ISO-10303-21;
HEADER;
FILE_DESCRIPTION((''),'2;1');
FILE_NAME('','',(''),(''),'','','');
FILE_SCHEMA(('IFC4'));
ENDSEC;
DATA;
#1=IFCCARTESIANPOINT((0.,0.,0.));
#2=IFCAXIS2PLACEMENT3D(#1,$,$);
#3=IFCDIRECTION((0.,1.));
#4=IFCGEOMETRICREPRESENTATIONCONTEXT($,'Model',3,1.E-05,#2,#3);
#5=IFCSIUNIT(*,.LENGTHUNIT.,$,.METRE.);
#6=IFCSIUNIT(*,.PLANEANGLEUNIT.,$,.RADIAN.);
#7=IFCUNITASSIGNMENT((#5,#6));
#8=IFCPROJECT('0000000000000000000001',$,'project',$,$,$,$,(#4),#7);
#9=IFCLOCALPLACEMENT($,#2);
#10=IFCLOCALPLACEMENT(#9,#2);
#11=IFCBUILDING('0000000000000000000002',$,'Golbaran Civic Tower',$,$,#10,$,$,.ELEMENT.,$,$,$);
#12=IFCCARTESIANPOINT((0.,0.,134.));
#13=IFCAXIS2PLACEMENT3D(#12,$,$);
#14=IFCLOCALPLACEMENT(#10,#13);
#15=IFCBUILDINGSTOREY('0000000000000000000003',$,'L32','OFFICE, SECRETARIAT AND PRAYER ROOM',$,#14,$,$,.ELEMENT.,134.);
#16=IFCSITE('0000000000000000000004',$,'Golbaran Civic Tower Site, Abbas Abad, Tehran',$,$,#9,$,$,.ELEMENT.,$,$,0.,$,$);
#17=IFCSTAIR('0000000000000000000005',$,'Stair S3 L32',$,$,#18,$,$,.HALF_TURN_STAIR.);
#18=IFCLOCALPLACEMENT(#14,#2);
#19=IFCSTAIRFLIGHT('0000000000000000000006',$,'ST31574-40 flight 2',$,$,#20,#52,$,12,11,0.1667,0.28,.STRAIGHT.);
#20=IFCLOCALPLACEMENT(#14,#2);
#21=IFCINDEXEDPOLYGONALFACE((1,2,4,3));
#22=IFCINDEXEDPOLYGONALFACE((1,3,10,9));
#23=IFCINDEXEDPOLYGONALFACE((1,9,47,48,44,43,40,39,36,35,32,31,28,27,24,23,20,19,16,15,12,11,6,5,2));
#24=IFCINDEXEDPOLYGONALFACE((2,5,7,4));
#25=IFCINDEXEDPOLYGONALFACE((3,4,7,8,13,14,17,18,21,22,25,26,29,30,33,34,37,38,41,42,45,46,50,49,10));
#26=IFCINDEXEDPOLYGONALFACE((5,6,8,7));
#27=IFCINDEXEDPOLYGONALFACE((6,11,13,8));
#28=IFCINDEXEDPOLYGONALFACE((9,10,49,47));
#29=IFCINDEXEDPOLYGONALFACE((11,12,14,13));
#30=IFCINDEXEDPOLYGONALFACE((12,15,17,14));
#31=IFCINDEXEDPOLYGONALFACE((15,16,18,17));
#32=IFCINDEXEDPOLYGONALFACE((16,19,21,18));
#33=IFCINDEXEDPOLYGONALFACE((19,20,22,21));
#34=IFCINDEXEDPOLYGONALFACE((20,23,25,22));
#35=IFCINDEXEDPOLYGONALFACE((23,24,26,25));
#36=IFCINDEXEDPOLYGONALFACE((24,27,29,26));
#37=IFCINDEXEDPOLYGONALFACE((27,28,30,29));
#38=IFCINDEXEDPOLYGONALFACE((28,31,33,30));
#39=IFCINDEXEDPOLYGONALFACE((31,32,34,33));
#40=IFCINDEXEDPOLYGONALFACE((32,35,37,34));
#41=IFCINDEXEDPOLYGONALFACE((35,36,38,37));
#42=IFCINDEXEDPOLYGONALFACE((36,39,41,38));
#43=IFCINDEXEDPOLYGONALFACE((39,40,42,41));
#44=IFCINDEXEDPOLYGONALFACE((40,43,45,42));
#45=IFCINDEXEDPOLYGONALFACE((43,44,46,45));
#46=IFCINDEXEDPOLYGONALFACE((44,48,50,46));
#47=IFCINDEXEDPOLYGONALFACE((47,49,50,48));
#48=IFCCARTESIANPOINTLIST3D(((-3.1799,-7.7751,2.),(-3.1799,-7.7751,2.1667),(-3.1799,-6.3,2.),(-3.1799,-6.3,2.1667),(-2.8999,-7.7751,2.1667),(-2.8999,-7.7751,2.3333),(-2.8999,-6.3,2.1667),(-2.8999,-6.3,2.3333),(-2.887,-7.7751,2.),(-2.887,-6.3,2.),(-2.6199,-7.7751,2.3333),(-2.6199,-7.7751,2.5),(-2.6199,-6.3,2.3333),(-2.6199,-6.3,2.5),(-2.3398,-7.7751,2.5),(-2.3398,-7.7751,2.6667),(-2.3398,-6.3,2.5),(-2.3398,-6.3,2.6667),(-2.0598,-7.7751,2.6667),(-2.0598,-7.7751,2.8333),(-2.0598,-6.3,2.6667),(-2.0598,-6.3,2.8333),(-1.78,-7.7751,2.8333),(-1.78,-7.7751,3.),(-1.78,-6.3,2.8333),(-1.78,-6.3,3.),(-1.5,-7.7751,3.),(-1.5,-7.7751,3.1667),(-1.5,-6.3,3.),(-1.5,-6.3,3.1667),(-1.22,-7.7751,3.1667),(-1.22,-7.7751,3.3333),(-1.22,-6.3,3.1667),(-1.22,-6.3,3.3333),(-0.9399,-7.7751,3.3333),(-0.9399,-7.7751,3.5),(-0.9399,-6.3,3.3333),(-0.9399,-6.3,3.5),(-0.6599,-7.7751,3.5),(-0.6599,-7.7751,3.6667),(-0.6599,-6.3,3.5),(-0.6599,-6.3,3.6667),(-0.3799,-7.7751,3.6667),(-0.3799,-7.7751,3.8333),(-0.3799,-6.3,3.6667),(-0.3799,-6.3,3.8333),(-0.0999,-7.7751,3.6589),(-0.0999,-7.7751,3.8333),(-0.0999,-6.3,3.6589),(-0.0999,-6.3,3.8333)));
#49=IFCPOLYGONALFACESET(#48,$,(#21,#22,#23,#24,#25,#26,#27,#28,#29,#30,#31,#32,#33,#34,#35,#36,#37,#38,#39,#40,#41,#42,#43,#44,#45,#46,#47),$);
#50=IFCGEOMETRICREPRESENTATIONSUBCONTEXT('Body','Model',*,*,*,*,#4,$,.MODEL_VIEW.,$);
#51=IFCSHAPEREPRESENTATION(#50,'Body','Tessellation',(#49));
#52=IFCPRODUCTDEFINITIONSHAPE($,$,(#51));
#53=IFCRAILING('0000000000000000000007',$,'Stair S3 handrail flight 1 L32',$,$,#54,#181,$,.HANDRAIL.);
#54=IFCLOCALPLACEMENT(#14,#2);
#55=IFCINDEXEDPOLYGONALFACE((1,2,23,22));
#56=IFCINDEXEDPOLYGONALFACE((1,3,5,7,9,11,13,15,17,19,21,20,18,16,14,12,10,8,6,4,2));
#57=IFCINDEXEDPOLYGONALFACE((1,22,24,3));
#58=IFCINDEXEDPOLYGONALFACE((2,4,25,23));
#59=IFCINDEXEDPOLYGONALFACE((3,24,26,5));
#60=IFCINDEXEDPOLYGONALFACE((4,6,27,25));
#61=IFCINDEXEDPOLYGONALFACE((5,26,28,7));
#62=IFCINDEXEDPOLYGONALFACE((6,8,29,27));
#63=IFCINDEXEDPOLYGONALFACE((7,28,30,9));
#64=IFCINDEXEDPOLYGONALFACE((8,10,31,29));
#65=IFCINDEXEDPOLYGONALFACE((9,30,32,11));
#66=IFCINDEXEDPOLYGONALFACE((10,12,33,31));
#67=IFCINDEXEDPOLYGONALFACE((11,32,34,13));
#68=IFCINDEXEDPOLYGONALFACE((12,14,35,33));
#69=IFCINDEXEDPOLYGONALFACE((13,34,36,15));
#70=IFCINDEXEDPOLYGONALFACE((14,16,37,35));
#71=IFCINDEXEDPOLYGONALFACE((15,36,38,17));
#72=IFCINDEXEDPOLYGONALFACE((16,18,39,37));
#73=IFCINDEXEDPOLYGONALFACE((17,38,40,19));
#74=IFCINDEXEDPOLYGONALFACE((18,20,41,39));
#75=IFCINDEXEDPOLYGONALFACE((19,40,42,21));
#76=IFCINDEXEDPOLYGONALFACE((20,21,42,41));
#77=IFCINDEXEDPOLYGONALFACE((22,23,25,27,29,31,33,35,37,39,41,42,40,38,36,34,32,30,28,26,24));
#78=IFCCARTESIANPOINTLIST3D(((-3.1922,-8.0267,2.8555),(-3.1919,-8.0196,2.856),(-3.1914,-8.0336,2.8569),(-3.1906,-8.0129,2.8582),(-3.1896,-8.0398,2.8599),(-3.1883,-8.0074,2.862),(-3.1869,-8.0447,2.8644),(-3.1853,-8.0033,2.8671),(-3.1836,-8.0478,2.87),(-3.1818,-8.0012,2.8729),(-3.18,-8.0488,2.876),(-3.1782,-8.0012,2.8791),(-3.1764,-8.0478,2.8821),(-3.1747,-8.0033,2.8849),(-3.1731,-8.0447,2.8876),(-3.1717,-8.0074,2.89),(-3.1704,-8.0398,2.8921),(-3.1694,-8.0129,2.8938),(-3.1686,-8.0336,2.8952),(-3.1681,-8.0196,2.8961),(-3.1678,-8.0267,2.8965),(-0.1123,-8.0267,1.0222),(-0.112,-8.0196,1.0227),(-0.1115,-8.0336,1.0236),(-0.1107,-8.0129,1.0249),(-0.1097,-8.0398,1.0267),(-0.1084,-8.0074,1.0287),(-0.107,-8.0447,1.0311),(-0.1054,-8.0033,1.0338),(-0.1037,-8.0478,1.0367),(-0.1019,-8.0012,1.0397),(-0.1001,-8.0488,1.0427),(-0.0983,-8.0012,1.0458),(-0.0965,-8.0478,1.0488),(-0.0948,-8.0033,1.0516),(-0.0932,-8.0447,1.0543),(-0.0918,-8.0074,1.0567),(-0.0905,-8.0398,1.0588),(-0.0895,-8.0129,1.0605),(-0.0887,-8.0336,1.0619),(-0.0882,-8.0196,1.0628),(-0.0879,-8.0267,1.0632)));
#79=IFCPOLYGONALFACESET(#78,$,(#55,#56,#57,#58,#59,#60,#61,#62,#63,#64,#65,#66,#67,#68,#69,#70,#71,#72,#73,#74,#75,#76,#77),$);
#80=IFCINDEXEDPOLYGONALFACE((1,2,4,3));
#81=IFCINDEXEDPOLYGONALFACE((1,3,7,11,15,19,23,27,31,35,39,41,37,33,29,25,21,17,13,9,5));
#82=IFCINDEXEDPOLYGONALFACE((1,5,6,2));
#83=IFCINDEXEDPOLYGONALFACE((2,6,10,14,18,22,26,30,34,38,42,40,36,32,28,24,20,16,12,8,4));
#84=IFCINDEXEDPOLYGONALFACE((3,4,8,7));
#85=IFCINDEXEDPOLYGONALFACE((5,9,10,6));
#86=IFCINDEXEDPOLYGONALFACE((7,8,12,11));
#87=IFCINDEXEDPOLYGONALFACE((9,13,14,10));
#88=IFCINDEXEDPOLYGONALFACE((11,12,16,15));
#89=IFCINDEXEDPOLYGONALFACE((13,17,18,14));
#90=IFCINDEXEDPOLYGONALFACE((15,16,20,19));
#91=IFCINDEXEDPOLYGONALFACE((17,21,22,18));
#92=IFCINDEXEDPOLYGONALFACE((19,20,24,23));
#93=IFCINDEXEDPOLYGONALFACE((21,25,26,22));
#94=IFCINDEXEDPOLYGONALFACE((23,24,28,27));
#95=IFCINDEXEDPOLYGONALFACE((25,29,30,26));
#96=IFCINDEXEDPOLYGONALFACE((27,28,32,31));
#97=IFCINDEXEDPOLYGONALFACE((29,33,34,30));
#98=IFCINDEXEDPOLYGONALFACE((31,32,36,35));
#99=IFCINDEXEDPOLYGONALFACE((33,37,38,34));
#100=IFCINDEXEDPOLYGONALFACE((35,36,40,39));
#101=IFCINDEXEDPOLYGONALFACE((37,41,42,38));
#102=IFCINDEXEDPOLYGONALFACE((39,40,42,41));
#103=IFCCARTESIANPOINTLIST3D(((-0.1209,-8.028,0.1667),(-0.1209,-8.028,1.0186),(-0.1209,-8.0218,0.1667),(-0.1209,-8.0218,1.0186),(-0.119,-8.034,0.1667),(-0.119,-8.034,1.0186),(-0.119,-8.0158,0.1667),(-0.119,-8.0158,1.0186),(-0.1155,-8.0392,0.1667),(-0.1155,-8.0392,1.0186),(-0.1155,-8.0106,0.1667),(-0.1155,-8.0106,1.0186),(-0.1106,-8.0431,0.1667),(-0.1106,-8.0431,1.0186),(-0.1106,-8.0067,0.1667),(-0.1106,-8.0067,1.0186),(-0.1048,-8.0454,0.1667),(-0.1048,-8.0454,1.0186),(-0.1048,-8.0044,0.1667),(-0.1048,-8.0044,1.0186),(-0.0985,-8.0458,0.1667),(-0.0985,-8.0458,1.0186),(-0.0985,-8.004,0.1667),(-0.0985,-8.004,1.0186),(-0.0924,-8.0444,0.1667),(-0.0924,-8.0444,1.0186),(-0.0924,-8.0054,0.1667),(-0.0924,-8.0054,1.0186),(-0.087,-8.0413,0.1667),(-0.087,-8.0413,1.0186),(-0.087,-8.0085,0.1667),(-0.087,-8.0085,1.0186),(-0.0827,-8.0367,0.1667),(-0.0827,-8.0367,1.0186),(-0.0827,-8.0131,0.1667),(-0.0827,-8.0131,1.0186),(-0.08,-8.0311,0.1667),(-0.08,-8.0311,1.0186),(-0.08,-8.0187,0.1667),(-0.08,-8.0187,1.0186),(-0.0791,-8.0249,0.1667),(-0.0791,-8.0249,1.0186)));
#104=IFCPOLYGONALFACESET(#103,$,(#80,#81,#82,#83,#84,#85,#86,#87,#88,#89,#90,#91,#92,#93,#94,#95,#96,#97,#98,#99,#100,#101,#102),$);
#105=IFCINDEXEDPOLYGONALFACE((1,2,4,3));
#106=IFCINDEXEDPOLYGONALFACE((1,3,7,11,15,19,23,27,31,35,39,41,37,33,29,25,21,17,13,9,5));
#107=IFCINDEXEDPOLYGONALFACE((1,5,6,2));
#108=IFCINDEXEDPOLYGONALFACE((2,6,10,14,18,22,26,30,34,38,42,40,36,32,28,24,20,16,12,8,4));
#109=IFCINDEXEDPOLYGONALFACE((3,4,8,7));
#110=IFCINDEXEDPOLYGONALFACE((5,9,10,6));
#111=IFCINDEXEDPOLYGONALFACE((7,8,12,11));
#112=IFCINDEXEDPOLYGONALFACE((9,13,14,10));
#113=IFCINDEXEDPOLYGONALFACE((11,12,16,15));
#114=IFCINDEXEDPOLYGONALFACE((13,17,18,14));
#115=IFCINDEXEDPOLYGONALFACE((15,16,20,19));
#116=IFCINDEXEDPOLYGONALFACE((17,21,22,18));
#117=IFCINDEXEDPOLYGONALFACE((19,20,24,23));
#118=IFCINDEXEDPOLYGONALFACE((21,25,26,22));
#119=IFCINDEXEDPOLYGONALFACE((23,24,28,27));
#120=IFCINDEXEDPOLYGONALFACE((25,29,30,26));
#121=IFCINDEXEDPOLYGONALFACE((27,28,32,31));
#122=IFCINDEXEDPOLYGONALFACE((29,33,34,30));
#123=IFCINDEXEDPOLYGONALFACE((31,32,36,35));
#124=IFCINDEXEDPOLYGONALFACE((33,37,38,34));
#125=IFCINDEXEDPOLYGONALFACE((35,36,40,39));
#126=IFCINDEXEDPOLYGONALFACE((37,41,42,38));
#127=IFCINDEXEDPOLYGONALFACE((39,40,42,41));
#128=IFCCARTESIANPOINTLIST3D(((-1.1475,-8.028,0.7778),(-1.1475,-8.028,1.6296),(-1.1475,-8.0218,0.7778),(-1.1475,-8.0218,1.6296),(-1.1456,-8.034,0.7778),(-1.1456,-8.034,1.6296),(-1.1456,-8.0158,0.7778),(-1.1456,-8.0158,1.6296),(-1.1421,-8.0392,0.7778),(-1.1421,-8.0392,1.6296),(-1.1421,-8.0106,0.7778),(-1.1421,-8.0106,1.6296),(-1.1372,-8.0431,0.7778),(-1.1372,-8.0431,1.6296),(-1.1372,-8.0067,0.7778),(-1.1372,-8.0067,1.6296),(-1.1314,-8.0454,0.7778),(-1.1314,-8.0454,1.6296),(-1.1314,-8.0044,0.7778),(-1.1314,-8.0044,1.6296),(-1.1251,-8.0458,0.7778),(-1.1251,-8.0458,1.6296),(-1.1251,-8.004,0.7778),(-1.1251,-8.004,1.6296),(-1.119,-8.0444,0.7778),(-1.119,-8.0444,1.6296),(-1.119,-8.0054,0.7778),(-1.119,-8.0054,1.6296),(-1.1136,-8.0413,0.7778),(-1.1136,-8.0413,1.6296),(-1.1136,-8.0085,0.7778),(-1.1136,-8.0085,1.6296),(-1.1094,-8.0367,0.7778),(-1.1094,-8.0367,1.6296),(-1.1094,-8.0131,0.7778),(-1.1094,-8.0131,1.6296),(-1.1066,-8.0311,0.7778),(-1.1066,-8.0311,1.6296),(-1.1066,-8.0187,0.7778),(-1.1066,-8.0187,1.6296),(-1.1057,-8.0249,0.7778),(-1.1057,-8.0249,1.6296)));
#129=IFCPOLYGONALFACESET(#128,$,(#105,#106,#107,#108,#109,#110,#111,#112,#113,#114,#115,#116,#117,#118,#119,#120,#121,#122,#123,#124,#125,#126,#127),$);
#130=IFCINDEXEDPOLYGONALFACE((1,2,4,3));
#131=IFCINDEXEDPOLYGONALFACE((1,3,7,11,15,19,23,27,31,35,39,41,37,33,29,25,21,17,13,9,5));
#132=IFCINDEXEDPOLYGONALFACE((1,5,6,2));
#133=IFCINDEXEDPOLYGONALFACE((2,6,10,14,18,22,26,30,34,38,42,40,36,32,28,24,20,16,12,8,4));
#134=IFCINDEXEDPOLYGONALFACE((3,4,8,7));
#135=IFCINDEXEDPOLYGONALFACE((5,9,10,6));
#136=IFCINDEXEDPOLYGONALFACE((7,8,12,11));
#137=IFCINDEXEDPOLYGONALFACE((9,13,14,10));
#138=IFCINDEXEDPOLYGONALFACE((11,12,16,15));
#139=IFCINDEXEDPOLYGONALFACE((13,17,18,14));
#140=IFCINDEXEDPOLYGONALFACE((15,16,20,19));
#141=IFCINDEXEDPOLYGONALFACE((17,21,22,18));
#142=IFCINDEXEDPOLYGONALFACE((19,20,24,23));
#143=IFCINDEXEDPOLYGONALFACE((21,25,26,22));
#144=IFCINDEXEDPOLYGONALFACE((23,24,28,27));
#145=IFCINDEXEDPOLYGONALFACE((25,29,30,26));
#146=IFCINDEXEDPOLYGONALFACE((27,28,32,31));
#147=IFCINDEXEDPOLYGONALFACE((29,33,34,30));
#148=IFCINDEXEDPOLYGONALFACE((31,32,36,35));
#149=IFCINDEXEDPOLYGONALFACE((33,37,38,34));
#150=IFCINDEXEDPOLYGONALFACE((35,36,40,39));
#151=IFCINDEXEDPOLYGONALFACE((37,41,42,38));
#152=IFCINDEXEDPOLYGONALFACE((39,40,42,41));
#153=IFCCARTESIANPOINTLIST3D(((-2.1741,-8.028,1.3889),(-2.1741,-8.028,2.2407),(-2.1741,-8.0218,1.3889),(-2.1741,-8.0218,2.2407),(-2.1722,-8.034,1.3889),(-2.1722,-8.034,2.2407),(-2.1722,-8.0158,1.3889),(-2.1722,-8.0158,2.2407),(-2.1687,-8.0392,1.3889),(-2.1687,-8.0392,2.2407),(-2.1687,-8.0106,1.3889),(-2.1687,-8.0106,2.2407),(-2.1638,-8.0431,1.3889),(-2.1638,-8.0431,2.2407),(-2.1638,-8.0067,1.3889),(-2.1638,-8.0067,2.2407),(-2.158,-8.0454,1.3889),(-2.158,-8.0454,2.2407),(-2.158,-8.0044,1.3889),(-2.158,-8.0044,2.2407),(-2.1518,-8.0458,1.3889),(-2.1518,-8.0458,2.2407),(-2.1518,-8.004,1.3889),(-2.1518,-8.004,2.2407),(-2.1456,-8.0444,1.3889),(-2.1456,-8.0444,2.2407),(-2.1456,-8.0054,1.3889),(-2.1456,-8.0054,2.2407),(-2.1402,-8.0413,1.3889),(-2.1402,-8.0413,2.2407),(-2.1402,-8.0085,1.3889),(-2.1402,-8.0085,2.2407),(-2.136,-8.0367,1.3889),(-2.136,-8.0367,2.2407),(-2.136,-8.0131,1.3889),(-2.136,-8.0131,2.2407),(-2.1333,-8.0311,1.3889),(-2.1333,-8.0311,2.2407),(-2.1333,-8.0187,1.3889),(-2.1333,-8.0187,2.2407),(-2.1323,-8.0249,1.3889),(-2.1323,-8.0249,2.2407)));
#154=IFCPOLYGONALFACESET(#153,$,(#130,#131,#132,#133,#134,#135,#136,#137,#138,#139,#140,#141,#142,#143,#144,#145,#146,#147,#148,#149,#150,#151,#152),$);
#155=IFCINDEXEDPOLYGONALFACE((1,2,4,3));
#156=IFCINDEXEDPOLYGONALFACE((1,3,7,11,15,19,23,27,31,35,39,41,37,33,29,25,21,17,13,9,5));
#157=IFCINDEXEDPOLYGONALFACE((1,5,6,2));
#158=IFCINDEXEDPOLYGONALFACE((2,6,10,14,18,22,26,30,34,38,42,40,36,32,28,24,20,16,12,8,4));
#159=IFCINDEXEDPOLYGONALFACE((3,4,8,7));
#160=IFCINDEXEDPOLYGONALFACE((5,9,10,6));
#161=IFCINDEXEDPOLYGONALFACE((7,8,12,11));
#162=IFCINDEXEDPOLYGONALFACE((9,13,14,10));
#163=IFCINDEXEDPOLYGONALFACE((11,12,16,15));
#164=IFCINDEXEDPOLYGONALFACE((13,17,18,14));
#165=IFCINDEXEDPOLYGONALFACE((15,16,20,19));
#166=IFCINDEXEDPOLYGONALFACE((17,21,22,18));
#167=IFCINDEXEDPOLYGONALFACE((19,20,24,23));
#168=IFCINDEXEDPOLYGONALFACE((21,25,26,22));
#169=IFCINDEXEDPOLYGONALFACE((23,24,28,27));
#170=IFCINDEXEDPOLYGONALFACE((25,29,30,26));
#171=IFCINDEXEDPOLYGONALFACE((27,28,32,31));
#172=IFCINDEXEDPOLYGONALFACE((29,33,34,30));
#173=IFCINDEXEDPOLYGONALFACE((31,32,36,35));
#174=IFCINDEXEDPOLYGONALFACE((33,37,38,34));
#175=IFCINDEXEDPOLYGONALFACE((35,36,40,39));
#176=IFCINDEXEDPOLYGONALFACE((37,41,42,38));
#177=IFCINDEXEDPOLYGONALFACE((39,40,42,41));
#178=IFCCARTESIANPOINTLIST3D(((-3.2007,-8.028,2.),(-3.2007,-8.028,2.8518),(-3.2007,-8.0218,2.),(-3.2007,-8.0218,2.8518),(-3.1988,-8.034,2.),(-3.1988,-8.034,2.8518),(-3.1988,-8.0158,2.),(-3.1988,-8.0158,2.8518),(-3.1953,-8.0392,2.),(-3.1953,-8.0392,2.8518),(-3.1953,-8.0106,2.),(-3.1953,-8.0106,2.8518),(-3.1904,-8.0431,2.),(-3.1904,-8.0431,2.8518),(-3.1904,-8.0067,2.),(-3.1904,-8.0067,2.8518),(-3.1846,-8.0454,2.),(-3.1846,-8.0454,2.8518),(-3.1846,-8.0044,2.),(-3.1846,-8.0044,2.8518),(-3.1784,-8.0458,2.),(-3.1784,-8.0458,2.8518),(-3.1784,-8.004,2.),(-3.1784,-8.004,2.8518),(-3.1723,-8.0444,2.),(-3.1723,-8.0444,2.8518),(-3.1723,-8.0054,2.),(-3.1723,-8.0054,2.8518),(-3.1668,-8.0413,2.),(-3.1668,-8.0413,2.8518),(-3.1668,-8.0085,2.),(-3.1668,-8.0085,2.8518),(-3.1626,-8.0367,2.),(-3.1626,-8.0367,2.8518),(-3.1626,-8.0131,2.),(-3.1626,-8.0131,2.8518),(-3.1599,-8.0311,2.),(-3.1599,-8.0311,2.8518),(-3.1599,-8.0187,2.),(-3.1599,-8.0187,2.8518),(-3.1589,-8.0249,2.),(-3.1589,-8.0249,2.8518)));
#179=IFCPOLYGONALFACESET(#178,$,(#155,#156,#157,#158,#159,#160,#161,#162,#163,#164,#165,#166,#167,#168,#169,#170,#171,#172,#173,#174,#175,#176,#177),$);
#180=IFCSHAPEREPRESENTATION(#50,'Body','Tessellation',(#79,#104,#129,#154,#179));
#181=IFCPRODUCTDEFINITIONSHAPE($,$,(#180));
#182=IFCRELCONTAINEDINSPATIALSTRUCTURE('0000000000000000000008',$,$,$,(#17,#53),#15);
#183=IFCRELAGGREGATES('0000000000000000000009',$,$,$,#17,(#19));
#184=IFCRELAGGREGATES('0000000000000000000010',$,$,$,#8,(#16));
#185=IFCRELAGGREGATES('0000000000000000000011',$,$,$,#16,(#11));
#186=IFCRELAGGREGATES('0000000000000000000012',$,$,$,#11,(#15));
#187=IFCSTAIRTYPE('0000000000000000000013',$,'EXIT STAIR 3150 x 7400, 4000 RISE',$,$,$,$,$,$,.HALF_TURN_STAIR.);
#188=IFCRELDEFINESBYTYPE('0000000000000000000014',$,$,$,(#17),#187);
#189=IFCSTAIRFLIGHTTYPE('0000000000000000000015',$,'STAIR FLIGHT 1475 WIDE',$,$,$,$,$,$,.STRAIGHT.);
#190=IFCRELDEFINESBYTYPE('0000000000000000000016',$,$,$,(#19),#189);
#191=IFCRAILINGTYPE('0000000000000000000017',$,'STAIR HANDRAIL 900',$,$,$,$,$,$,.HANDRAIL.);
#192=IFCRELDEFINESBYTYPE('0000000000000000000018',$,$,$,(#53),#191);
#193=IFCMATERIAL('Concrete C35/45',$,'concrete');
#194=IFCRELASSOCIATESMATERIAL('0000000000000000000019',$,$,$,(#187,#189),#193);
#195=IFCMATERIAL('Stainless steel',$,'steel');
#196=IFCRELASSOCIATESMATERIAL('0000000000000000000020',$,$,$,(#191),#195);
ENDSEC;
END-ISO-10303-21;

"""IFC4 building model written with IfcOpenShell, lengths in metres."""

from ifc_helpers import new_model, si_unit, direction, frame, origin, origin_2d, place, context, subcontext, project, spatial, polyline, circle, outline, extrude, material, type_object, element, aggregate, save


model = new_model("IFC4")

# Units and contexts
model_context = context("Model", 3, precision=1e-05, world=origin(), true_north=direction((0.0, 1.0)))
body_context = subcontext(model_context, "Body", "Model", "MODEL_VIEW")
ifc_project = project(units=[si_unit("LENGTHUNIT", "METRE"), si_unit("PLANEANGLEUNIT", "RADIAN")], contexts=[model_context])

# Site, building, storey
site_placement = place(None, origin())
site = spatial("IfcSite", under=ifc_project, at=site_placement, Name="Golbaran Civic Tower Site, Abbas Abad, Tehran", CompositionType="ELEMENT", RefElevation=0.0)
building_placement = place(site_placement, origin())
building = spatial("IfcBuilding", under=site, at=building_placement, Name="Golbaran Civic Tower", CompositionType="ELEMENT")
storey_placement = place(building_placement, frame((0.0, 0.0, 134.0)))
storey = spatial("IfcBuildingStorey", under=building, at=storey_placement, Name="L32", Description="OFFICE, SECRETARIAT AND PRAYER ROOM", CompositionType="ELEMENT", Elevation=134.0)

# Shared definitions
ifc_material_1 = material(Name="Stainless steel", Category="steel")

# Stair, stair flight
ifc_material_2 = material(Name="Concrete C35/45", Category="concrete")
stair_type = type_object("IfcStairType", Name="EXIT STAIR 3150 x 7400, 4000 RISE", PredefinedType="HALF_TURN_STAIR", material=ifc_material_2)
stair_placement = place(storey_placement, origin())
stair = element("IfcStair", 1, at=stair_placement, inside=storey, type_object=stair_type, Name="Stair S3 L32", PredefinedType="HALF_TURN_STAIR")
stair_flight_type = type_object("IfcStairFlightType", Name="STAIR FLIGHT 1475 WIDE", PredefinedType="STRAIGHT", material=ifc_material_2)
stair_flight_1_placement = place(storey_placement, frame((-3.1799, -7.0376, 2.0), z_axis=(0.0, 0.0, 1.0), x_axis=(1.0, 0.0, 0.0)))
stair_flight_1 = element("IfcStairFlight", 2, at=stair_flight_1_placement, type_object=stair_flight_type, Name="ST31574-40 flight 2", NumberOfRisers=12, NumberOfTreads=11, PredefinedType="STRAIGHT", RiserHeight=0.1667, TreadLength=0.28, context=body_context, shape_type="SweptSolid", body=[
    extrude(outline(polyline([(0.0, 0.0), (0.0, 0.1667), (0.28, 0.1667), (0.28, 0.3333), (0.5601, 0.3333), (0.5601, 0.5), (0.8401, 0.5), (0.8401, 0.6667), (1.1201, 0.6667), (1.1201, 0.8333), (1.3999, 0.8333), (1.3999, 1.0), (1.6799, 1.0), (1.6799, 1.1667), (1.96, 1.1667), (1.96, 1.3333), (2.24, 1.3333), (2.24, 1.5), (2.52, 1.5), (2.52, 1.6667), (2.8, 1.6667), (2.8, 1.8333), (3.0801, 1.8333), (3.0801, 2.0), (3.0801, 1.6589), (0.293, 0.0), (0.0, 0.0)])), frame((0.0, 0.7375, 0.0), z_axis=(0.0, -1.0, 0.0), x_axis=(1.0, 0.0, 0.0)), (0.0, 0.0, 1.0), 1.4751),
])
aggregate(stair, [stair_flight_1])

# Railing
railing_type = type_object("IfcRailingType", Name="STAIR HANDRAIL 900", PredefinedType="HANDRAIL", material=ifc_material_1)
railing_1_placement = place(storey_placement, frame((-0.1001, -8.0249, 0.1667)))
element("IfcRailing", 3, at=railing_1_placement, inside=storey, type_object=railing_type, Name="Stair S3 handrail flight 1 L32", PredefinedType="HANDRAIL", context=body_context, shape_type="SweptSolid", body=[
    extrude(circle(Radius=0.0239, at=origin_2d()), frame((0.0, 0.0, 0.876), z_axis=(-0.859291, 0.0, 0.511487), x_axis=(0.0, -1.0, 0.0)), (0.0, 0.0, 1.0), 3.5842),
    extrude(circle(Radius=0.021, at=origin_2d()), origin(), (0.0, 0.0, 1.0), 0.8518),
    extrude(circle(Radius=0.021, at=origin_2d()), frame((-1.0266, 0.0, 0.6111)), (0.0, 0.0, 1.0), 0.8518),
    extrude(circle(Radius=0.021, at=origin_2d()), frame((-2.0532, 0.0, 1.2222)), (0.0, 0.0, 1.0), 0.8518),
    extrude(circle(Radius=0.021, at=origin_2d()), frame((-3.0798, 0.0, 1.8333)), (0.0, 0.0, 1.0), 0.8518),
])

save(model, "model.ifc")
